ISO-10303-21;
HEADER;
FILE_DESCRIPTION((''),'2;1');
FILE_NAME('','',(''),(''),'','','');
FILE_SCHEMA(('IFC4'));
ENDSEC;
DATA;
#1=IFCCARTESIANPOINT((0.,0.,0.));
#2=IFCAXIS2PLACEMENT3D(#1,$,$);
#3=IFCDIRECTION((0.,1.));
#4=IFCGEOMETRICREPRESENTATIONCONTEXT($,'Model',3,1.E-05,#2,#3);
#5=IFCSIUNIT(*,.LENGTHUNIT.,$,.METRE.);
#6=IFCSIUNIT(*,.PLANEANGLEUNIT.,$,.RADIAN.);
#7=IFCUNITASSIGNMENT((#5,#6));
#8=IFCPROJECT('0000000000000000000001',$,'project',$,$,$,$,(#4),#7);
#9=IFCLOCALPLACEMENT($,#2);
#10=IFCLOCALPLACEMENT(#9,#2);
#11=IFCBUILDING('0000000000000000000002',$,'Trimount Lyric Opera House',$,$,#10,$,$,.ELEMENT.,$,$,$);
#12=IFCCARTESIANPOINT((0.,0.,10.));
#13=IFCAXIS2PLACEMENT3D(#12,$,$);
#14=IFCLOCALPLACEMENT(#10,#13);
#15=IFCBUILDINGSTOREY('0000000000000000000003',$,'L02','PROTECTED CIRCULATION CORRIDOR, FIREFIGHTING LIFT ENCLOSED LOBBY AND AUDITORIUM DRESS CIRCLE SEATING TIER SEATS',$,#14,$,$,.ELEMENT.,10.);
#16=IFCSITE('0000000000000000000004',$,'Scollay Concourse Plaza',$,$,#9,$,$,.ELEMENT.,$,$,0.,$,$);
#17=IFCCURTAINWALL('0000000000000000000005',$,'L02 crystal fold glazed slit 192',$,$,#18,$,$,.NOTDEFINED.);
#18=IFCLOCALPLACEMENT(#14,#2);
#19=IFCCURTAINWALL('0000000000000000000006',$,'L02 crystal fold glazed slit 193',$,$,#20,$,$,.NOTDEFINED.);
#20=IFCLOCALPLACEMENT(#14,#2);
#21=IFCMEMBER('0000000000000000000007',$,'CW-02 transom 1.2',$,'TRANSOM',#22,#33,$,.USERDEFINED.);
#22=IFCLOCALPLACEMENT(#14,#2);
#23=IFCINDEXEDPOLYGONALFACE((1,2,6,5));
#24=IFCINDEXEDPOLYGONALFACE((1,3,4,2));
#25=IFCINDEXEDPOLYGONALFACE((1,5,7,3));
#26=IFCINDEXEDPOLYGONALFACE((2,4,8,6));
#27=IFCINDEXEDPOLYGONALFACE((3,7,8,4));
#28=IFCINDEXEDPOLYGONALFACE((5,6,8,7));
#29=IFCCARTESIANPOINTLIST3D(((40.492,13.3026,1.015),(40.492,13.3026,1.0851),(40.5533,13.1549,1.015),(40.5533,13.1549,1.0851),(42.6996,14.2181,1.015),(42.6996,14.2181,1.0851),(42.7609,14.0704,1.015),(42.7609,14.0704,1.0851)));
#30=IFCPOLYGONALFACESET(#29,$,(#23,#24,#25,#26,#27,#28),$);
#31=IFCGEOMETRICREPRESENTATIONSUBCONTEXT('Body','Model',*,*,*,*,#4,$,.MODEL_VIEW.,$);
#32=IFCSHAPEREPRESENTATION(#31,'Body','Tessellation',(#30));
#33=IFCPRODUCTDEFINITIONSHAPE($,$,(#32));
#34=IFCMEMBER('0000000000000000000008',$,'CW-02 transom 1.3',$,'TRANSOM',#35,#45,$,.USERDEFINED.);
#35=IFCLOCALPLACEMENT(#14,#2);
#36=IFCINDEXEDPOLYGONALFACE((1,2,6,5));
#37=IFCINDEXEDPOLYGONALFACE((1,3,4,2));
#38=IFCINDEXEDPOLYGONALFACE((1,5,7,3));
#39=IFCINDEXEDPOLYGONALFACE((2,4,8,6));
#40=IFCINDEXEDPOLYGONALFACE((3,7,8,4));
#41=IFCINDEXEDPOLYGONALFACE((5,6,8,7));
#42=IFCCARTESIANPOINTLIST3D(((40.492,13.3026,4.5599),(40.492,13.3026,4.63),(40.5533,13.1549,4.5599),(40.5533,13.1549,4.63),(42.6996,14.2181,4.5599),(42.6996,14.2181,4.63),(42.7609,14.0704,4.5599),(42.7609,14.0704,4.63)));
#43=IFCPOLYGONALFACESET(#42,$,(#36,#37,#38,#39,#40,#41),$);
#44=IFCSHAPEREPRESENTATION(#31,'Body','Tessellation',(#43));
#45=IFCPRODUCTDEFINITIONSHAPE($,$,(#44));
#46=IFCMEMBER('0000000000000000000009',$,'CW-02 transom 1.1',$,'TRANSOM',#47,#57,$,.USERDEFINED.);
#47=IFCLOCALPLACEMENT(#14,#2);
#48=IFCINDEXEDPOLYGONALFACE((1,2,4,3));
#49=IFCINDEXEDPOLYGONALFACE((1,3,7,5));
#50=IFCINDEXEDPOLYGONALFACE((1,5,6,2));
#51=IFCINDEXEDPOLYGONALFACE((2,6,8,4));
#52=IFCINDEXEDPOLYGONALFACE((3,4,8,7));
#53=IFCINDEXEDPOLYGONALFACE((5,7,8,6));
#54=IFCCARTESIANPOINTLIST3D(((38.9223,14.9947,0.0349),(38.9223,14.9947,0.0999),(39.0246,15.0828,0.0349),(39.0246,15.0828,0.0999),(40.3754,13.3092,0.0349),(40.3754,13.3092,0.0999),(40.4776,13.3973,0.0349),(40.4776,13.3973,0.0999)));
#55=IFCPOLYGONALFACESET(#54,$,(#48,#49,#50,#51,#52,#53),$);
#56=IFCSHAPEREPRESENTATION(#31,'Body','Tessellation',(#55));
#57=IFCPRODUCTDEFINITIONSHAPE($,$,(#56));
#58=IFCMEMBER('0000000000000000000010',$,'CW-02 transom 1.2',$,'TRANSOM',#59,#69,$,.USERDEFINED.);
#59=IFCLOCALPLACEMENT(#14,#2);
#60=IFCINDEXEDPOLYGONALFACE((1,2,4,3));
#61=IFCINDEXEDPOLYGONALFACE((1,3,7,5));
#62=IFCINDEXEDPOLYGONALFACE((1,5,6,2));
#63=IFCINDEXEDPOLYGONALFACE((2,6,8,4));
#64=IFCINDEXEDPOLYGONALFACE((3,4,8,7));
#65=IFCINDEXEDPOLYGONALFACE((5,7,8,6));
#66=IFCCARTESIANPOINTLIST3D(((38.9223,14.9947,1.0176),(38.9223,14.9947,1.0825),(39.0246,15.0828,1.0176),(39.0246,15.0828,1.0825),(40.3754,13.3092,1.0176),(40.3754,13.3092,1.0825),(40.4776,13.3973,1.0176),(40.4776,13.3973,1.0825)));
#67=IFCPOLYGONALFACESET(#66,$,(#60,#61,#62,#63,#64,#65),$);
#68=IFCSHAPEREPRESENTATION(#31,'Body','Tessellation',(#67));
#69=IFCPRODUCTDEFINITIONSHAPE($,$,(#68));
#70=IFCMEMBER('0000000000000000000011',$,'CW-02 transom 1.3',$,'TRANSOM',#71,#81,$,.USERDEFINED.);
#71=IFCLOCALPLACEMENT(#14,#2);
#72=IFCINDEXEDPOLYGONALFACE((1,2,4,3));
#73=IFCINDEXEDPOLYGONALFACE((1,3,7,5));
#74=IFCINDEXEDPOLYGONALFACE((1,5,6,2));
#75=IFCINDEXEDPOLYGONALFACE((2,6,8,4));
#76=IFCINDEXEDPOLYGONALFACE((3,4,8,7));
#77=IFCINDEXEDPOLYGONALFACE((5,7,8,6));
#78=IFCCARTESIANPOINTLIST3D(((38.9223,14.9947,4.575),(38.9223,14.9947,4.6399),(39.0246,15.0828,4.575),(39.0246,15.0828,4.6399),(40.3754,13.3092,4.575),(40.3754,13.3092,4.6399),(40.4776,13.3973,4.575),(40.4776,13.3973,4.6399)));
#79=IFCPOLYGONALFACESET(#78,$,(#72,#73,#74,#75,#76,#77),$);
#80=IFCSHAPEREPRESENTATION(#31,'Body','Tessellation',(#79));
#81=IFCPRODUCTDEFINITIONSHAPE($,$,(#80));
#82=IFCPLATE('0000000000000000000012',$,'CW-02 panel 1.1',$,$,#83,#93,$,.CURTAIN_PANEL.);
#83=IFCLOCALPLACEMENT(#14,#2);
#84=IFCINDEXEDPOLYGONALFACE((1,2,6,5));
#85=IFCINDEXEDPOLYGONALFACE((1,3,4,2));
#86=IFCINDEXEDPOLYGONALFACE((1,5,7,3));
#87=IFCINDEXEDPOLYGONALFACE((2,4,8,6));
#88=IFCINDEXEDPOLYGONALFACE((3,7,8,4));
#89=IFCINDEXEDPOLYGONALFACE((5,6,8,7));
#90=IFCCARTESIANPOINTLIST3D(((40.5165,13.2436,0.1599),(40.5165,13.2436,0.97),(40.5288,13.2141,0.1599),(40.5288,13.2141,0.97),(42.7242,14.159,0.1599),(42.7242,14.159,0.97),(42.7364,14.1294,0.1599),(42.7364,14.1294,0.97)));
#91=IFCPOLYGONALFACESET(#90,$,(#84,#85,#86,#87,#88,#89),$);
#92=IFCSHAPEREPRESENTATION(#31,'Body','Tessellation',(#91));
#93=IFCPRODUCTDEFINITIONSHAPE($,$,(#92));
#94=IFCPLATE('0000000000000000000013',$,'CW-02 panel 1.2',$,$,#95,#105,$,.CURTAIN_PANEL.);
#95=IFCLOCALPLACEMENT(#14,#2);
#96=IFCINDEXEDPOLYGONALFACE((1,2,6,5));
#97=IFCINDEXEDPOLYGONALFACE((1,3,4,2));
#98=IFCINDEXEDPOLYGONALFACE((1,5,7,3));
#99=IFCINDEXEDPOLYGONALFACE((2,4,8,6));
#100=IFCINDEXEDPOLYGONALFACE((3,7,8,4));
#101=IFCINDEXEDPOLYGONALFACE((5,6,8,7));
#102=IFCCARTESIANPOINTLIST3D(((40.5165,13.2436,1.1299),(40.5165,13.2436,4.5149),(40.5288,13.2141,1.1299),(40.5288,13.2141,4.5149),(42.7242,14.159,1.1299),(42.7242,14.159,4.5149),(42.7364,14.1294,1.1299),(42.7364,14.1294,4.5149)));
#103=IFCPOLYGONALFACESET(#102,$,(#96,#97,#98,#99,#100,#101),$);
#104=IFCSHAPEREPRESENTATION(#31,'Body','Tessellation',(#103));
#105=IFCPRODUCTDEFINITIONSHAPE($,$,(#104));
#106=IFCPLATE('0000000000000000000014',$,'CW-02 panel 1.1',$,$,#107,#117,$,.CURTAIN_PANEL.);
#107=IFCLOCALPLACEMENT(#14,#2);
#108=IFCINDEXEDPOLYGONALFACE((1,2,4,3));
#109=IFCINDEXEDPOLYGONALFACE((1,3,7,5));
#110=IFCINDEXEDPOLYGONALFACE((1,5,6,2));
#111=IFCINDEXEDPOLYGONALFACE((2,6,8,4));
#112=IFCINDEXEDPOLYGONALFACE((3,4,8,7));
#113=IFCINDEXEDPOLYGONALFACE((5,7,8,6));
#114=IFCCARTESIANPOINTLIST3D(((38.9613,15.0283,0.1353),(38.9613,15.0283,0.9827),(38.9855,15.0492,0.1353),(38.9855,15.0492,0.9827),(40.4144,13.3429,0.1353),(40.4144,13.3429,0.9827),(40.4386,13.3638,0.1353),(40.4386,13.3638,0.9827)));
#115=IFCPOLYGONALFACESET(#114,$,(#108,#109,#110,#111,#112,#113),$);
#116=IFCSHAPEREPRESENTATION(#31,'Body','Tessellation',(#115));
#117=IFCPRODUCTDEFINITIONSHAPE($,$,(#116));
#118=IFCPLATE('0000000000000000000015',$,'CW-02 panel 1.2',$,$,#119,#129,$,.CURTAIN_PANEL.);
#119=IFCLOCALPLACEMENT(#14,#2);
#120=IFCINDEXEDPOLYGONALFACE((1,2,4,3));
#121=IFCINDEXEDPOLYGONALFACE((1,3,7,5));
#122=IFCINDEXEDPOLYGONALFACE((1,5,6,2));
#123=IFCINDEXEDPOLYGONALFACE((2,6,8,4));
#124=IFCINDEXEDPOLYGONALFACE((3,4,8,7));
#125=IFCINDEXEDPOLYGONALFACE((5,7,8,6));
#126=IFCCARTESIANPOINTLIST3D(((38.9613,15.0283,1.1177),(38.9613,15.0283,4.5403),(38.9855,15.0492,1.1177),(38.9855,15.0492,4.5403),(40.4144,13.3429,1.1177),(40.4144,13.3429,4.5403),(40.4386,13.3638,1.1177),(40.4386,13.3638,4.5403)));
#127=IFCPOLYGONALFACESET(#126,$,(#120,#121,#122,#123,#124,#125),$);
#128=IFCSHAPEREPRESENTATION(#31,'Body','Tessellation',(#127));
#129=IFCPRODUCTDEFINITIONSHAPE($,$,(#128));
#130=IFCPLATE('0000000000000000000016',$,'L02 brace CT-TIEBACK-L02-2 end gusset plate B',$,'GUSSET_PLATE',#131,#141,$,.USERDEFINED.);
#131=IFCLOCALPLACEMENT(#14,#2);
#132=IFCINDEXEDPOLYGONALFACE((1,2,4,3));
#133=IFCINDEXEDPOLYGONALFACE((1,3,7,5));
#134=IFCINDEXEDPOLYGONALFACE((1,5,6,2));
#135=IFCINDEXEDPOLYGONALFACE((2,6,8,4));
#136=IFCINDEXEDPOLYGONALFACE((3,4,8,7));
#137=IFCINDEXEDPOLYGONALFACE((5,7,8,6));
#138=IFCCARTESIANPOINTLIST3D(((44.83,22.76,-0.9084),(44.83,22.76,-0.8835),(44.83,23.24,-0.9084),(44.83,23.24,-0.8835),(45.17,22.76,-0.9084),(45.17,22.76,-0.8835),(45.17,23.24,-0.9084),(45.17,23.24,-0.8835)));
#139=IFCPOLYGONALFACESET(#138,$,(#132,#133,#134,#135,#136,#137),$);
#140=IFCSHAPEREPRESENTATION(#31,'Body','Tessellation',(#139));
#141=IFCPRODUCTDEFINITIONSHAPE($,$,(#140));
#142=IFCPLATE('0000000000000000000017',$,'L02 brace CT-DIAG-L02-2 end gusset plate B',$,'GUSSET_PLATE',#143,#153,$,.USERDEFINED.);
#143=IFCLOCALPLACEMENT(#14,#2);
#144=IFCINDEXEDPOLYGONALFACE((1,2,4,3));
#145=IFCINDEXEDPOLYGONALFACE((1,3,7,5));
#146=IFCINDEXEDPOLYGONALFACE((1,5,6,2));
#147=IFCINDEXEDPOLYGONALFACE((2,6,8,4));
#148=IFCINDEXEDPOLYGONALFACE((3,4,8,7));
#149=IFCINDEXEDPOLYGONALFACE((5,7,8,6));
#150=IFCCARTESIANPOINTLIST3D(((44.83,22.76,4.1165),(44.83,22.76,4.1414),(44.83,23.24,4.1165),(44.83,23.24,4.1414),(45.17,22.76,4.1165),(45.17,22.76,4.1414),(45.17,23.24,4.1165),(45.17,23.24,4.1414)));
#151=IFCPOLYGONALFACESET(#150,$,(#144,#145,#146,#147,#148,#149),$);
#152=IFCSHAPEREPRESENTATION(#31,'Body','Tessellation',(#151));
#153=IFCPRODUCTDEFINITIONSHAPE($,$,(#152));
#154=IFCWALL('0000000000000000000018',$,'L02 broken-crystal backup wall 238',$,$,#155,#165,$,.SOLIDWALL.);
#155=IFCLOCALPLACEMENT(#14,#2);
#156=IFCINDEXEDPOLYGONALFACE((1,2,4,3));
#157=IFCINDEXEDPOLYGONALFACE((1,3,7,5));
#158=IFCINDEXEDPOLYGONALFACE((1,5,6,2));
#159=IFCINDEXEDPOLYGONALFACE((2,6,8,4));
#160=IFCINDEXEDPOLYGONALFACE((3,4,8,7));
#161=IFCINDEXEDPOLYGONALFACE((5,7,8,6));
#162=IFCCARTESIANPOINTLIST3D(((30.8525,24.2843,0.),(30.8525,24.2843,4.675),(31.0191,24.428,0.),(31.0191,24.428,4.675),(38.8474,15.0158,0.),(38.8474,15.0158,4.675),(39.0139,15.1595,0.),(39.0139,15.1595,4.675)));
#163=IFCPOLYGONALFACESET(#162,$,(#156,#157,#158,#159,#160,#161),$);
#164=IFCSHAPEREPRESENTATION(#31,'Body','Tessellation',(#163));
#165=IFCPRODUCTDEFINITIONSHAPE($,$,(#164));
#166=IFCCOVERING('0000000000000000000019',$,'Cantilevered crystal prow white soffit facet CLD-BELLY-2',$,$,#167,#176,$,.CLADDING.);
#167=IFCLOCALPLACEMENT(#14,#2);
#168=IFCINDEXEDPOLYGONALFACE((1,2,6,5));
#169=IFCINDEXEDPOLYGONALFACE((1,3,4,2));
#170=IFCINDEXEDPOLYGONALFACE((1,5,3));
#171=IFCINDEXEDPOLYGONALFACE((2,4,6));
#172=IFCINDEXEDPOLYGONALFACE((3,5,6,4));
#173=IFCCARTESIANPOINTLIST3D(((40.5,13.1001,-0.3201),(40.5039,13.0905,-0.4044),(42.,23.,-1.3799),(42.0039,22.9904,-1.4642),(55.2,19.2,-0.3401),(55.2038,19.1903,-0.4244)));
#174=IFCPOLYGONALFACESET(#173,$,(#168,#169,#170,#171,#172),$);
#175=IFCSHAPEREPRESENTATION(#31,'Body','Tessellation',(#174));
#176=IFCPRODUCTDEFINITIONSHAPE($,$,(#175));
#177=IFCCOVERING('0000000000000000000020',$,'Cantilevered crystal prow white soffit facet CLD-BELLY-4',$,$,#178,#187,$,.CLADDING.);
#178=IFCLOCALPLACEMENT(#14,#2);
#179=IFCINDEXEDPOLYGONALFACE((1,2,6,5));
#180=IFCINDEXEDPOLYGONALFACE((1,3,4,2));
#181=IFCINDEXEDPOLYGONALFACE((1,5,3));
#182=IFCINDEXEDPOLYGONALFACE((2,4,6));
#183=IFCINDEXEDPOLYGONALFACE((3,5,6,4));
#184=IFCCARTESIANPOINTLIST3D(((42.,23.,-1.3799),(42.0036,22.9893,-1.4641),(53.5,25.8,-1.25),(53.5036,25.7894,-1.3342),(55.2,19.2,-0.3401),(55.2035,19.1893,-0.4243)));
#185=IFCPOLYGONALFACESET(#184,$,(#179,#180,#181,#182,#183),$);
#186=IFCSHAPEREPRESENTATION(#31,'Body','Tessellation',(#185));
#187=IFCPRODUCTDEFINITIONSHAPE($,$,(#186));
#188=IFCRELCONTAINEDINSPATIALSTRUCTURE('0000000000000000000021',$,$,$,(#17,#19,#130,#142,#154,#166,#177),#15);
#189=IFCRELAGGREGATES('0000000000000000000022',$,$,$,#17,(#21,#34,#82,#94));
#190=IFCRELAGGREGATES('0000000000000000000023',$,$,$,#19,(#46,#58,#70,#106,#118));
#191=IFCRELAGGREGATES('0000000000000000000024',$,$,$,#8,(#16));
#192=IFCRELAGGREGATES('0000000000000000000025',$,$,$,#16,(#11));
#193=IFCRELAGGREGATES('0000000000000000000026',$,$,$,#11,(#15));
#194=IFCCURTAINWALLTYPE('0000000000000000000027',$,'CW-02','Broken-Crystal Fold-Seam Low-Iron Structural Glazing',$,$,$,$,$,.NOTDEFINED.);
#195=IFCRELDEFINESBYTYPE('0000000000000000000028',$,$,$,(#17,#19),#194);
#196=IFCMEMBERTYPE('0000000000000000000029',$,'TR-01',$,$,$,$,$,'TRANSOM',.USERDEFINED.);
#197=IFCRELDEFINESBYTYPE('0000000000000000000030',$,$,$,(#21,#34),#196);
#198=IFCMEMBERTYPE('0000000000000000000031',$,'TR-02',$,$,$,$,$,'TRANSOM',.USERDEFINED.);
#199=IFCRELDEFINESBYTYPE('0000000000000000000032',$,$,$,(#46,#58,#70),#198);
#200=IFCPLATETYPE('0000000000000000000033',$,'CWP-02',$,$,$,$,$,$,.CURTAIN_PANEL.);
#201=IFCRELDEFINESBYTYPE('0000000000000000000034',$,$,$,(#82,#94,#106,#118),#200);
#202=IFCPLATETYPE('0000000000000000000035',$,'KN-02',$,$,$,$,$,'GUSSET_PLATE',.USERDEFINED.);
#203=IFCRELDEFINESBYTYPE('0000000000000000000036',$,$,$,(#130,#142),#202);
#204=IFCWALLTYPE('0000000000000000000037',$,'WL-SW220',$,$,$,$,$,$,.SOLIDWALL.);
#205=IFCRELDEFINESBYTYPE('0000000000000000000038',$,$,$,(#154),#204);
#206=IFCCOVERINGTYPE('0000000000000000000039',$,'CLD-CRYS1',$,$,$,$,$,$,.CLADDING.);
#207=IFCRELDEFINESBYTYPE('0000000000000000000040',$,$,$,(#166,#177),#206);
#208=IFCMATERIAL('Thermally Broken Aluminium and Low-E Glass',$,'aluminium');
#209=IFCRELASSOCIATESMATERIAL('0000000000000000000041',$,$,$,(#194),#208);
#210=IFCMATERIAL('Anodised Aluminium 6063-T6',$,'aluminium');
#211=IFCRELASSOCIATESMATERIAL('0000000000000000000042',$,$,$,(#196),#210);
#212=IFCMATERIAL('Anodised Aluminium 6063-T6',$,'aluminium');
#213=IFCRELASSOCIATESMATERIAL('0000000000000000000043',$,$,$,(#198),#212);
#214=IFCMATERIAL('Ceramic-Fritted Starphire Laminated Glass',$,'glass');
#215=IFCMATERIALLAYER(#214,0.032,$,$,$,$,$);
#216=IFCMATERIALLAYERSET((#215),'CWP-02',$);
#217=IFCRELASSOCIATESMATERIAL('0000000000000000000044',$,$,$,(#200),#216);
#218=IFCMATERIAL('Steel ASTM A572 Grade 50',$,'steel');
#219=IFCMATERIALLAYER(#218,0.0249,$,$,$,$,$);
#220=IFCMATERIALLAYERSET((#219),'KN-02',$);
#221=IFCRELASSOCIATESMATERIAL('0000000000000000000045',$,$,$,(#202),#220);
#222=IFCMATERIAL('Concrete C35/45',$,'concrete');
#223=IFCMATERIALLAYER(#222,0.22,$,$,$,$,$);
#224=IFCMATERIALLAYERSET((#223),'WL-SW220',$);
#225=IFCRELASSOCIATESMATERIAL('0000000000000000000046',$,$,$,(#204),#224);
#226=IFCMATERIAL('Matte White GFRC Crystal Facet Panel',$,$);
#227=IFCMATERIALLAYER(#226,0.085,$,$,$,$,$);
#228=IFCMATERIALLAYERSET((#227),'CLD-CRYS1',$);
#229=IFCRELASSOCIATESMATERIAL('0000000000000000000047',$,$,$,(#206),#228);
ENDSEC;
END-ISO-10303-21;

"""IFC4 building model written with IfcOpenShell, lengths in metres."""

from ifc_helpers import new_model, si_unit, direction, frame, frame_2d, origin, origin_2d, place, context, subcontext, project, spatial, polyline, rectangle, outline, extrude, material, layer, layer_set, material_profile, profile_set, type_object, element, aggregate, save


model = new_model("IFC4")

# Units and contexts
model_context = context("Model", 3, precision=1e-05, world=origin(), true_north=direction((0.0, 1.0)))
body_context = subcontext(model_context, "Body", "Model", "MODEL_VIEW")
ifc_project = project(units=[si_unit("LENGTHUNIT", "METRE"), si_unit("PLANEANGLEUNIT", "RADIAN")], contexts=[model_context])

# Site, building, storey
site_placement = place(None, origin())
site = spatial("IfcSite", under=ifc_project, at=site_placement, Name="Scollay Concourse Plaza", CompositionType="ELEMENT", RefElevation=0.0)
building_placement = place(site_placement, origin())
building = spatial("IfcBuilding", under=site, at=building_placement, Name="Trimount Lyric Opera House", CompositionType="ELEMENT")
storey_placement = place(building_placement, frame((0.0, 0.0, 10.0)))
storey = spatial("IfcBuildingStorey", under=building, at=storey_placement, Name="L02", Description="PROTECTED CIRCULATION CORRIDOR, FIREFIGHTING LIFT ENCLOSED LOBBY AND AUDITORIUM DRESS CIRCLE SEATING TIER SEATS", CompositionType="ELEMENT", Elevation=10.0)

# Curtain walls
ifc_material_1 = material(Name="Thermally Broken Aluminium and Low-E Glass", Category="aluminium")
curtain_wall_type = type_object("IfcCurtainWallType", Name="CW-02", Description="Broken-Crystal Fold-Seam Low-Iron Structural Glazing", PredefinedType="NOTDEFINED", material=ifc_material_1)
curtain_wall_1_placement = place(storey_placement, origin())
curtain_wall_1 = element("IfcCurtainWall", 1, at=curtain_wall_1_placement, inside=storey, type_object=curtain_wall_type, Name="L02 crystal fold glazed slit 192", PredefinedType="NOTDEFINED")
curtain_wall_2_placement = place(storey_placement, origin())
curtain_wall_2 = element("IfcCurtainWall", 2, at=curtain_wall_2_placement, inside=storey, type_object=curtain_wall_type, Name="L02 crystal fold glazed slit 193", PredefinedType="NOTDEFINED")

# Members
ifc_material_2 = material(Name="Anodised Aluminium 6063-T6", Category="aluminium")
ifc_material_profile_1 = material_profile(ifc_material_2, rectangle(XDim=0.1599, YDim=0.0701, at=origin_2d()), Name="ALU-TRAN-70X160")
ifc_profile_set_1 = profile_set([ifc_material_profile_1], Name="Anodised Aluminium 6063-T6")
member_type_1 = type_object("IfcMemberType", Name="TR-01", ElementType="TRANSOM", PredefinedType="USERDEFINED", material=ifc_profile_set_1)
member_1_placement = place(storey_placement, frame((42.7302, 14.1443, 1.05), z_axis=(-0.92371, -0.383092, 0.0), x_axis=(0.383092, -0.92371, 0.0)))
member_1 = element("IfcMember", 3, at=member_1_placement, type_object=member_type_1, Name="CW-02 transom 1.2", ObjectType="TRANSOM", PredefinedType="USERDEFINED", context=body_context, shape_type="SweptSolid", body=[
    extrude(rectangle(XDim=0.1599, YDim=0.0701, at=origin_2d()), origin(), (0.0, 0.0, 1.0), 2.3899),
])
member_2_placement = place(storey_placement, frame((42.7302, 14.1443, 4.595), z_axis=(-0.92371, -0.383092, 0.0), x_axis=(0.383092, -0.92371, 0.0)))
member_2 = element("IfcMember", 4, at=member_2_placement, type_object=member_type_1, Name="CW-02 transom 1.3", ObjectType="TRANSOM", PredefinedType="USERDEFINED", context=body_context, shape_type="SweptSolid", body=[
    extrude(rectangle(XDim=0.1599, YDim=0.0701, at=origin_2d()), origin(), (0.0, 0.0, 1.0), 2.3899),
])
ifc_material_3 = material(Name="Anodised Aluminium 6063-T6", Category="aluminium")
ifc_material_profile_2 = material_profile(ifc_material_3, rectangle(XDim=0.135, YDim=0.0649, at=origin_2d()), Name="ALU-TRAN-65X135")
ifc_profile_set_2 = profile_set([ifc_material_profile_2], Name="Anodised Aluminium 6063-T6")
member_type_2 = type_object("IfcMemberType", Name="TR-02", ElementType="TRANSOM", PredefinedType="USERDEFINED", material=ifc_profile_set_2)
member_3_placement = place(storey_placement, frame((40.4265, 13.3533, 0.0674), z_axis=(-0.652957, 0.757395, 0.0), x_axis=(-0.757395, -0.652957, 0.0)))
member_3 = element("IfcMember", 5, at=member_3_placement, type_object=member_type_2, Name="CW-02 transom 1.1", ObjectType="TRANSOM", PredefinedType="USERDEFINED", context=body_context, shape_type="SweptSolid", body=[
    extrude(rectangle(XDim=0.135, YDim=0.0649, at=origin_2d()), origin(), (0.0, 0.0, 1.0), 2.2253),
])
member_4_placement = place(storey_placement, frame((40.4265, 13.3533, 1.05), z_axis=(-0.652957, 0.757395, 0.0), x_axis=(-0.757395, -0.652957, 0.0)))
member_4 = element("IfcMember", 6, at=member_4_placement, type_object=member_type_2, Name="CW-02 transom 1.2", ObjectType="TRANSOM", PredefinedType="USERDEFINED", context=body_context, shape_type="SweptSolid", body=[
    extrude(rectangle(XDim=0.135, YDim=0.0649, at=origin_2d()), origin(), (0.0, 0.0, 1.0), 2.2253),
])
member_5_placement = place(storey_placement, frame((40.4265, 13.3533, 4.6074), z_axis=(-0.652957, 0.757395, 0.0), x_axis=(-0.757395, -0.652957, 0.0)))
member_5 = element("IfcMember", 7, at=member_5_placement, type_object=member_type_2, Name="CW-02 transom 1.3", ObjectType="TRANSOM", PredefinedType="USERDEFINED", context=body_context, shape_type="SweptSolid", body=[
    extrude(rectangle(XDim=0.135, YDim=0.0649, at=origin_2d()), origin(), (0.0, 0.0, 1.0), 2.2253),
])

# Plates
ifc_material_4 = material(Name="Ceramic-Fritted Starphire Laminated Glass", Category="glass")
ifc_layer_1 = layer(ifc_material_4, 0.032)
ifc_layer_set_1 = layer_set([ifc_layer_1], Name="CWP-02")
plate_type_1 = type_object("IfcPlateType", Name="CWP-02", PredefinedType="CURTAIN_PANEL", material=ifc_layer_set_1)
plate_1_placement = place(storey_placement, frame((41.6265, 13.6865, 0.1599), z_axis=(0.0, 0.0, 1.0), x_axis=(-0.923742, -0.383015, 0.0)))
plate_1 = element("IfcPlate", 8, at=plate_1_placement, type_object=plate_type_1, Name="CW-02 panel 1.1", PredefinedType="CURTAIN_PANEL", context=body_context, shape_type="SweptSolid", body=[
    extrude(rectangle(XDim=2.3899, YDim=0.032, at=origin_2d()), origin(), (0.0, 0.0, 1.0), 0.8101),
])
plate_2_placement = place(storey_placement, frame((41.6265, 13.6865, 1.1299), z_axis=(0.0, 0.0, 1.0), x_axis=(-0.923742, -0.383015, 0.0)))
plate_2 = element("IfcPlate", 9, at=plate_2_placement, type_object=plate_type_1, Name="CW-02 panel 1.2", PredefinedType="CURTAIN_PANEL", context=body_context, shape_type="SweptSolid", body=[
    extrude(rectangle(XDim=2.3899, YDim=0.032, at=origin_2d()), origin(), (0.0, 0.0, 1.0), 3.385),
])
aggregate(curtain_wall_1, [member_1, member_2, plate_1, plate_2])
plate_3_placement = place(storey_placement, frame((39.7, 14.196, 0.1353), z_axis=(0.0, 0.0, 1.0), x_axis=(-0.652956, 0.757395, 0.0)))
plate_3 = element("IfcPlate", 10, at=plate_3_placement, type_object=plate_type_1, Name="CW-02 panel 1.1", PredefinedType="CURTAIN_PANEL", context=body_context, shape_type="SweptSolid", body=[
    extrude(rectangle(XDim=2.2253, YDim=0.032, at=origin_2d()), origin(), (0.0, 0.0, 1.0), 0.8474),
])
plate_4_placement = place(storey_placement, frame((39.7, 14.196, 1.1177), z_axis=(0.0, 0.0, 1.0), x_axis=(-0.652956, 0.757395, 0.0)))
plate_4 = element("IfcPlate", 11, at=plate_4_placement, type_object=plate_type_1, Name="CW-02 panel 1.2", PredefinedType="CURTAIN_PANEL", context=body_context, shape_type="SweptSolid", body=[
    extrude(rectangle(XDim=2.2253, YDim=0.032, at=origin_2d()), origin(), (0.0, 0.0, 1.0), 3.4226),
])
aggregate(curtain_wall_2, [member_3, member_4, member_5, plate_3, plate_4])

# Plates
ifc_material_5 = material(Name="Steel ASTM A572 Grade 50", Category="steel")
ifc_layer_2 = layer(ifc_material_5, 0.0249)
ifc_layer_set_2 = layer_set([ifc_layer_2], Name="KN-02")
plate_type_2 = type_object("IfcPlateType", Name="KN-02", ElementType="GUSSET_PLATE", PredefinedType="USERDEFINED", material=ifc_layer_set_2)
for number, where, z_axis, x_axis, name in (
    (12, (45.0, 23.0, -0.9084), (0.0, 0.0, 1.0), (0.0, -1.0, 0.0), "L02 brace CT-TIEBACK-L02-2 end gusset plate B"),
    (13, (45.0, 23.0, 4.1165), (0.0, 0.0, 1.0), (0.0, -1.0, 0.0), "L02 brace CT-DIAG-L02-2 end gusset plate B"),
):
    element("IfcPlate", number, at=place(storey_placement, frame(where, z_axis=z_axis, x_axis=x_axis)), inside=storey, type_object=plate_type_2, Name=name, ObjectType="GUSSET_PLATE", PredefinedType="USERDEFINED", context=body_context, shape_type="SweptSolid", body=[
        extrude(rectangle(XDim=0.48, YDim=0.3401, at=origin_2d()), origin(), (0.0, 0.0, 1.0), 0.0249),
    ])

# Wall
ifc_material_6 = material(Name="Concrete C35/45", Category="concrete")
ifc_layer_3 = layer(ifc_material_6, 0.22)
ifc_layer_set_3 = layer_set([ifc_layer_3], Name="WL-SW220")
wall_type = type_object("IfcWallType", Name="WL-SW220", PredefinedType="SOLIDWALL", material=ifc_layer_set_3)
wall_placement = place(storey_placement, frame((38.9307, 15.0876, 0.0), z_axis=(0.0, 0.0, 1.0), x_axis=(-0.653162, 0.757218, 0.0)))
element("IfcWall", 14, at=wall_placement, inside=storey, type_object=wall_type, Name="L02 broken-crystal backup wall 238", PredefinedType="SOLIDWALL", context=body_context, shape_type="SweptSolid", body=[
    extrude(rectangle(XDim=12.2402, YDim=0.22, at=frame_2d((6.1201, 0.0))), origin(), (0.0, 0.0, 1.0), 4.675),
])

# Coverings
ifc_material_7 = material(Name="Matte White GFRC Crystal Facet Panel")
ifc_layer_4 = layer(ifc_material_7, 0.085)
ifc_layer_set_4 = layer_set([ifc_layer_4], Name="CLD-CRYS1")
covering_type_1 = type_object("IfcCoveringType", Name="CLD-CRYS1", PredefinedType="CLADDING", material=ifc_layer_set_4)
covering_1_placement = place(storey_placement, frame((40.5, 13.1001, -0.3201), z_axis=(-0.045606, 0.113163, 0.992529), x_axis=(0.923636, 0.383269, -0.001258)))
element("IfcCovering", 15, at=covering_1_placement, inside=storey, type_object=covering_type_1, Name="Cantilevered crystal prow white soffit facet CLD-BELLY-2", PredefinedType="CLADDING", context=body_context, shape_type="SweptSolid", body=[
    extrude(outline(polyline([(0.0, 0.0), (15.9153, 0.0), (5.1811, 8.6335), (0.0, 0.0)])), origin(), (0.0, 0.0, -1.0), 0.085),
])
covering_2_placement = place(storey_placement, frame((42.0, 23.0, -1.3799), z_axis=(-0.041841, 0.125869, 0.991164), x_axis=(0.95823, -0.275859, 0.075482)))
element("IfcCovering", 16, at=covering_2_placement, inside=storey, type_object=covering_type_1, Name="Cantilevered crystal prow white soffit facet CLD-BELLY-4", PredefinedType="CLADDING", context=body_context, shape_type="SweptSolid", body=[
    extrude(outline(polyline([(0.0, 0.0), (13.7753, 0.0), (10.257, 5.9077), (0.0, 0.0)])), origin(), (0.0, 0.0, -1.0), 0.085),
])

save(model, "model.ifc")
